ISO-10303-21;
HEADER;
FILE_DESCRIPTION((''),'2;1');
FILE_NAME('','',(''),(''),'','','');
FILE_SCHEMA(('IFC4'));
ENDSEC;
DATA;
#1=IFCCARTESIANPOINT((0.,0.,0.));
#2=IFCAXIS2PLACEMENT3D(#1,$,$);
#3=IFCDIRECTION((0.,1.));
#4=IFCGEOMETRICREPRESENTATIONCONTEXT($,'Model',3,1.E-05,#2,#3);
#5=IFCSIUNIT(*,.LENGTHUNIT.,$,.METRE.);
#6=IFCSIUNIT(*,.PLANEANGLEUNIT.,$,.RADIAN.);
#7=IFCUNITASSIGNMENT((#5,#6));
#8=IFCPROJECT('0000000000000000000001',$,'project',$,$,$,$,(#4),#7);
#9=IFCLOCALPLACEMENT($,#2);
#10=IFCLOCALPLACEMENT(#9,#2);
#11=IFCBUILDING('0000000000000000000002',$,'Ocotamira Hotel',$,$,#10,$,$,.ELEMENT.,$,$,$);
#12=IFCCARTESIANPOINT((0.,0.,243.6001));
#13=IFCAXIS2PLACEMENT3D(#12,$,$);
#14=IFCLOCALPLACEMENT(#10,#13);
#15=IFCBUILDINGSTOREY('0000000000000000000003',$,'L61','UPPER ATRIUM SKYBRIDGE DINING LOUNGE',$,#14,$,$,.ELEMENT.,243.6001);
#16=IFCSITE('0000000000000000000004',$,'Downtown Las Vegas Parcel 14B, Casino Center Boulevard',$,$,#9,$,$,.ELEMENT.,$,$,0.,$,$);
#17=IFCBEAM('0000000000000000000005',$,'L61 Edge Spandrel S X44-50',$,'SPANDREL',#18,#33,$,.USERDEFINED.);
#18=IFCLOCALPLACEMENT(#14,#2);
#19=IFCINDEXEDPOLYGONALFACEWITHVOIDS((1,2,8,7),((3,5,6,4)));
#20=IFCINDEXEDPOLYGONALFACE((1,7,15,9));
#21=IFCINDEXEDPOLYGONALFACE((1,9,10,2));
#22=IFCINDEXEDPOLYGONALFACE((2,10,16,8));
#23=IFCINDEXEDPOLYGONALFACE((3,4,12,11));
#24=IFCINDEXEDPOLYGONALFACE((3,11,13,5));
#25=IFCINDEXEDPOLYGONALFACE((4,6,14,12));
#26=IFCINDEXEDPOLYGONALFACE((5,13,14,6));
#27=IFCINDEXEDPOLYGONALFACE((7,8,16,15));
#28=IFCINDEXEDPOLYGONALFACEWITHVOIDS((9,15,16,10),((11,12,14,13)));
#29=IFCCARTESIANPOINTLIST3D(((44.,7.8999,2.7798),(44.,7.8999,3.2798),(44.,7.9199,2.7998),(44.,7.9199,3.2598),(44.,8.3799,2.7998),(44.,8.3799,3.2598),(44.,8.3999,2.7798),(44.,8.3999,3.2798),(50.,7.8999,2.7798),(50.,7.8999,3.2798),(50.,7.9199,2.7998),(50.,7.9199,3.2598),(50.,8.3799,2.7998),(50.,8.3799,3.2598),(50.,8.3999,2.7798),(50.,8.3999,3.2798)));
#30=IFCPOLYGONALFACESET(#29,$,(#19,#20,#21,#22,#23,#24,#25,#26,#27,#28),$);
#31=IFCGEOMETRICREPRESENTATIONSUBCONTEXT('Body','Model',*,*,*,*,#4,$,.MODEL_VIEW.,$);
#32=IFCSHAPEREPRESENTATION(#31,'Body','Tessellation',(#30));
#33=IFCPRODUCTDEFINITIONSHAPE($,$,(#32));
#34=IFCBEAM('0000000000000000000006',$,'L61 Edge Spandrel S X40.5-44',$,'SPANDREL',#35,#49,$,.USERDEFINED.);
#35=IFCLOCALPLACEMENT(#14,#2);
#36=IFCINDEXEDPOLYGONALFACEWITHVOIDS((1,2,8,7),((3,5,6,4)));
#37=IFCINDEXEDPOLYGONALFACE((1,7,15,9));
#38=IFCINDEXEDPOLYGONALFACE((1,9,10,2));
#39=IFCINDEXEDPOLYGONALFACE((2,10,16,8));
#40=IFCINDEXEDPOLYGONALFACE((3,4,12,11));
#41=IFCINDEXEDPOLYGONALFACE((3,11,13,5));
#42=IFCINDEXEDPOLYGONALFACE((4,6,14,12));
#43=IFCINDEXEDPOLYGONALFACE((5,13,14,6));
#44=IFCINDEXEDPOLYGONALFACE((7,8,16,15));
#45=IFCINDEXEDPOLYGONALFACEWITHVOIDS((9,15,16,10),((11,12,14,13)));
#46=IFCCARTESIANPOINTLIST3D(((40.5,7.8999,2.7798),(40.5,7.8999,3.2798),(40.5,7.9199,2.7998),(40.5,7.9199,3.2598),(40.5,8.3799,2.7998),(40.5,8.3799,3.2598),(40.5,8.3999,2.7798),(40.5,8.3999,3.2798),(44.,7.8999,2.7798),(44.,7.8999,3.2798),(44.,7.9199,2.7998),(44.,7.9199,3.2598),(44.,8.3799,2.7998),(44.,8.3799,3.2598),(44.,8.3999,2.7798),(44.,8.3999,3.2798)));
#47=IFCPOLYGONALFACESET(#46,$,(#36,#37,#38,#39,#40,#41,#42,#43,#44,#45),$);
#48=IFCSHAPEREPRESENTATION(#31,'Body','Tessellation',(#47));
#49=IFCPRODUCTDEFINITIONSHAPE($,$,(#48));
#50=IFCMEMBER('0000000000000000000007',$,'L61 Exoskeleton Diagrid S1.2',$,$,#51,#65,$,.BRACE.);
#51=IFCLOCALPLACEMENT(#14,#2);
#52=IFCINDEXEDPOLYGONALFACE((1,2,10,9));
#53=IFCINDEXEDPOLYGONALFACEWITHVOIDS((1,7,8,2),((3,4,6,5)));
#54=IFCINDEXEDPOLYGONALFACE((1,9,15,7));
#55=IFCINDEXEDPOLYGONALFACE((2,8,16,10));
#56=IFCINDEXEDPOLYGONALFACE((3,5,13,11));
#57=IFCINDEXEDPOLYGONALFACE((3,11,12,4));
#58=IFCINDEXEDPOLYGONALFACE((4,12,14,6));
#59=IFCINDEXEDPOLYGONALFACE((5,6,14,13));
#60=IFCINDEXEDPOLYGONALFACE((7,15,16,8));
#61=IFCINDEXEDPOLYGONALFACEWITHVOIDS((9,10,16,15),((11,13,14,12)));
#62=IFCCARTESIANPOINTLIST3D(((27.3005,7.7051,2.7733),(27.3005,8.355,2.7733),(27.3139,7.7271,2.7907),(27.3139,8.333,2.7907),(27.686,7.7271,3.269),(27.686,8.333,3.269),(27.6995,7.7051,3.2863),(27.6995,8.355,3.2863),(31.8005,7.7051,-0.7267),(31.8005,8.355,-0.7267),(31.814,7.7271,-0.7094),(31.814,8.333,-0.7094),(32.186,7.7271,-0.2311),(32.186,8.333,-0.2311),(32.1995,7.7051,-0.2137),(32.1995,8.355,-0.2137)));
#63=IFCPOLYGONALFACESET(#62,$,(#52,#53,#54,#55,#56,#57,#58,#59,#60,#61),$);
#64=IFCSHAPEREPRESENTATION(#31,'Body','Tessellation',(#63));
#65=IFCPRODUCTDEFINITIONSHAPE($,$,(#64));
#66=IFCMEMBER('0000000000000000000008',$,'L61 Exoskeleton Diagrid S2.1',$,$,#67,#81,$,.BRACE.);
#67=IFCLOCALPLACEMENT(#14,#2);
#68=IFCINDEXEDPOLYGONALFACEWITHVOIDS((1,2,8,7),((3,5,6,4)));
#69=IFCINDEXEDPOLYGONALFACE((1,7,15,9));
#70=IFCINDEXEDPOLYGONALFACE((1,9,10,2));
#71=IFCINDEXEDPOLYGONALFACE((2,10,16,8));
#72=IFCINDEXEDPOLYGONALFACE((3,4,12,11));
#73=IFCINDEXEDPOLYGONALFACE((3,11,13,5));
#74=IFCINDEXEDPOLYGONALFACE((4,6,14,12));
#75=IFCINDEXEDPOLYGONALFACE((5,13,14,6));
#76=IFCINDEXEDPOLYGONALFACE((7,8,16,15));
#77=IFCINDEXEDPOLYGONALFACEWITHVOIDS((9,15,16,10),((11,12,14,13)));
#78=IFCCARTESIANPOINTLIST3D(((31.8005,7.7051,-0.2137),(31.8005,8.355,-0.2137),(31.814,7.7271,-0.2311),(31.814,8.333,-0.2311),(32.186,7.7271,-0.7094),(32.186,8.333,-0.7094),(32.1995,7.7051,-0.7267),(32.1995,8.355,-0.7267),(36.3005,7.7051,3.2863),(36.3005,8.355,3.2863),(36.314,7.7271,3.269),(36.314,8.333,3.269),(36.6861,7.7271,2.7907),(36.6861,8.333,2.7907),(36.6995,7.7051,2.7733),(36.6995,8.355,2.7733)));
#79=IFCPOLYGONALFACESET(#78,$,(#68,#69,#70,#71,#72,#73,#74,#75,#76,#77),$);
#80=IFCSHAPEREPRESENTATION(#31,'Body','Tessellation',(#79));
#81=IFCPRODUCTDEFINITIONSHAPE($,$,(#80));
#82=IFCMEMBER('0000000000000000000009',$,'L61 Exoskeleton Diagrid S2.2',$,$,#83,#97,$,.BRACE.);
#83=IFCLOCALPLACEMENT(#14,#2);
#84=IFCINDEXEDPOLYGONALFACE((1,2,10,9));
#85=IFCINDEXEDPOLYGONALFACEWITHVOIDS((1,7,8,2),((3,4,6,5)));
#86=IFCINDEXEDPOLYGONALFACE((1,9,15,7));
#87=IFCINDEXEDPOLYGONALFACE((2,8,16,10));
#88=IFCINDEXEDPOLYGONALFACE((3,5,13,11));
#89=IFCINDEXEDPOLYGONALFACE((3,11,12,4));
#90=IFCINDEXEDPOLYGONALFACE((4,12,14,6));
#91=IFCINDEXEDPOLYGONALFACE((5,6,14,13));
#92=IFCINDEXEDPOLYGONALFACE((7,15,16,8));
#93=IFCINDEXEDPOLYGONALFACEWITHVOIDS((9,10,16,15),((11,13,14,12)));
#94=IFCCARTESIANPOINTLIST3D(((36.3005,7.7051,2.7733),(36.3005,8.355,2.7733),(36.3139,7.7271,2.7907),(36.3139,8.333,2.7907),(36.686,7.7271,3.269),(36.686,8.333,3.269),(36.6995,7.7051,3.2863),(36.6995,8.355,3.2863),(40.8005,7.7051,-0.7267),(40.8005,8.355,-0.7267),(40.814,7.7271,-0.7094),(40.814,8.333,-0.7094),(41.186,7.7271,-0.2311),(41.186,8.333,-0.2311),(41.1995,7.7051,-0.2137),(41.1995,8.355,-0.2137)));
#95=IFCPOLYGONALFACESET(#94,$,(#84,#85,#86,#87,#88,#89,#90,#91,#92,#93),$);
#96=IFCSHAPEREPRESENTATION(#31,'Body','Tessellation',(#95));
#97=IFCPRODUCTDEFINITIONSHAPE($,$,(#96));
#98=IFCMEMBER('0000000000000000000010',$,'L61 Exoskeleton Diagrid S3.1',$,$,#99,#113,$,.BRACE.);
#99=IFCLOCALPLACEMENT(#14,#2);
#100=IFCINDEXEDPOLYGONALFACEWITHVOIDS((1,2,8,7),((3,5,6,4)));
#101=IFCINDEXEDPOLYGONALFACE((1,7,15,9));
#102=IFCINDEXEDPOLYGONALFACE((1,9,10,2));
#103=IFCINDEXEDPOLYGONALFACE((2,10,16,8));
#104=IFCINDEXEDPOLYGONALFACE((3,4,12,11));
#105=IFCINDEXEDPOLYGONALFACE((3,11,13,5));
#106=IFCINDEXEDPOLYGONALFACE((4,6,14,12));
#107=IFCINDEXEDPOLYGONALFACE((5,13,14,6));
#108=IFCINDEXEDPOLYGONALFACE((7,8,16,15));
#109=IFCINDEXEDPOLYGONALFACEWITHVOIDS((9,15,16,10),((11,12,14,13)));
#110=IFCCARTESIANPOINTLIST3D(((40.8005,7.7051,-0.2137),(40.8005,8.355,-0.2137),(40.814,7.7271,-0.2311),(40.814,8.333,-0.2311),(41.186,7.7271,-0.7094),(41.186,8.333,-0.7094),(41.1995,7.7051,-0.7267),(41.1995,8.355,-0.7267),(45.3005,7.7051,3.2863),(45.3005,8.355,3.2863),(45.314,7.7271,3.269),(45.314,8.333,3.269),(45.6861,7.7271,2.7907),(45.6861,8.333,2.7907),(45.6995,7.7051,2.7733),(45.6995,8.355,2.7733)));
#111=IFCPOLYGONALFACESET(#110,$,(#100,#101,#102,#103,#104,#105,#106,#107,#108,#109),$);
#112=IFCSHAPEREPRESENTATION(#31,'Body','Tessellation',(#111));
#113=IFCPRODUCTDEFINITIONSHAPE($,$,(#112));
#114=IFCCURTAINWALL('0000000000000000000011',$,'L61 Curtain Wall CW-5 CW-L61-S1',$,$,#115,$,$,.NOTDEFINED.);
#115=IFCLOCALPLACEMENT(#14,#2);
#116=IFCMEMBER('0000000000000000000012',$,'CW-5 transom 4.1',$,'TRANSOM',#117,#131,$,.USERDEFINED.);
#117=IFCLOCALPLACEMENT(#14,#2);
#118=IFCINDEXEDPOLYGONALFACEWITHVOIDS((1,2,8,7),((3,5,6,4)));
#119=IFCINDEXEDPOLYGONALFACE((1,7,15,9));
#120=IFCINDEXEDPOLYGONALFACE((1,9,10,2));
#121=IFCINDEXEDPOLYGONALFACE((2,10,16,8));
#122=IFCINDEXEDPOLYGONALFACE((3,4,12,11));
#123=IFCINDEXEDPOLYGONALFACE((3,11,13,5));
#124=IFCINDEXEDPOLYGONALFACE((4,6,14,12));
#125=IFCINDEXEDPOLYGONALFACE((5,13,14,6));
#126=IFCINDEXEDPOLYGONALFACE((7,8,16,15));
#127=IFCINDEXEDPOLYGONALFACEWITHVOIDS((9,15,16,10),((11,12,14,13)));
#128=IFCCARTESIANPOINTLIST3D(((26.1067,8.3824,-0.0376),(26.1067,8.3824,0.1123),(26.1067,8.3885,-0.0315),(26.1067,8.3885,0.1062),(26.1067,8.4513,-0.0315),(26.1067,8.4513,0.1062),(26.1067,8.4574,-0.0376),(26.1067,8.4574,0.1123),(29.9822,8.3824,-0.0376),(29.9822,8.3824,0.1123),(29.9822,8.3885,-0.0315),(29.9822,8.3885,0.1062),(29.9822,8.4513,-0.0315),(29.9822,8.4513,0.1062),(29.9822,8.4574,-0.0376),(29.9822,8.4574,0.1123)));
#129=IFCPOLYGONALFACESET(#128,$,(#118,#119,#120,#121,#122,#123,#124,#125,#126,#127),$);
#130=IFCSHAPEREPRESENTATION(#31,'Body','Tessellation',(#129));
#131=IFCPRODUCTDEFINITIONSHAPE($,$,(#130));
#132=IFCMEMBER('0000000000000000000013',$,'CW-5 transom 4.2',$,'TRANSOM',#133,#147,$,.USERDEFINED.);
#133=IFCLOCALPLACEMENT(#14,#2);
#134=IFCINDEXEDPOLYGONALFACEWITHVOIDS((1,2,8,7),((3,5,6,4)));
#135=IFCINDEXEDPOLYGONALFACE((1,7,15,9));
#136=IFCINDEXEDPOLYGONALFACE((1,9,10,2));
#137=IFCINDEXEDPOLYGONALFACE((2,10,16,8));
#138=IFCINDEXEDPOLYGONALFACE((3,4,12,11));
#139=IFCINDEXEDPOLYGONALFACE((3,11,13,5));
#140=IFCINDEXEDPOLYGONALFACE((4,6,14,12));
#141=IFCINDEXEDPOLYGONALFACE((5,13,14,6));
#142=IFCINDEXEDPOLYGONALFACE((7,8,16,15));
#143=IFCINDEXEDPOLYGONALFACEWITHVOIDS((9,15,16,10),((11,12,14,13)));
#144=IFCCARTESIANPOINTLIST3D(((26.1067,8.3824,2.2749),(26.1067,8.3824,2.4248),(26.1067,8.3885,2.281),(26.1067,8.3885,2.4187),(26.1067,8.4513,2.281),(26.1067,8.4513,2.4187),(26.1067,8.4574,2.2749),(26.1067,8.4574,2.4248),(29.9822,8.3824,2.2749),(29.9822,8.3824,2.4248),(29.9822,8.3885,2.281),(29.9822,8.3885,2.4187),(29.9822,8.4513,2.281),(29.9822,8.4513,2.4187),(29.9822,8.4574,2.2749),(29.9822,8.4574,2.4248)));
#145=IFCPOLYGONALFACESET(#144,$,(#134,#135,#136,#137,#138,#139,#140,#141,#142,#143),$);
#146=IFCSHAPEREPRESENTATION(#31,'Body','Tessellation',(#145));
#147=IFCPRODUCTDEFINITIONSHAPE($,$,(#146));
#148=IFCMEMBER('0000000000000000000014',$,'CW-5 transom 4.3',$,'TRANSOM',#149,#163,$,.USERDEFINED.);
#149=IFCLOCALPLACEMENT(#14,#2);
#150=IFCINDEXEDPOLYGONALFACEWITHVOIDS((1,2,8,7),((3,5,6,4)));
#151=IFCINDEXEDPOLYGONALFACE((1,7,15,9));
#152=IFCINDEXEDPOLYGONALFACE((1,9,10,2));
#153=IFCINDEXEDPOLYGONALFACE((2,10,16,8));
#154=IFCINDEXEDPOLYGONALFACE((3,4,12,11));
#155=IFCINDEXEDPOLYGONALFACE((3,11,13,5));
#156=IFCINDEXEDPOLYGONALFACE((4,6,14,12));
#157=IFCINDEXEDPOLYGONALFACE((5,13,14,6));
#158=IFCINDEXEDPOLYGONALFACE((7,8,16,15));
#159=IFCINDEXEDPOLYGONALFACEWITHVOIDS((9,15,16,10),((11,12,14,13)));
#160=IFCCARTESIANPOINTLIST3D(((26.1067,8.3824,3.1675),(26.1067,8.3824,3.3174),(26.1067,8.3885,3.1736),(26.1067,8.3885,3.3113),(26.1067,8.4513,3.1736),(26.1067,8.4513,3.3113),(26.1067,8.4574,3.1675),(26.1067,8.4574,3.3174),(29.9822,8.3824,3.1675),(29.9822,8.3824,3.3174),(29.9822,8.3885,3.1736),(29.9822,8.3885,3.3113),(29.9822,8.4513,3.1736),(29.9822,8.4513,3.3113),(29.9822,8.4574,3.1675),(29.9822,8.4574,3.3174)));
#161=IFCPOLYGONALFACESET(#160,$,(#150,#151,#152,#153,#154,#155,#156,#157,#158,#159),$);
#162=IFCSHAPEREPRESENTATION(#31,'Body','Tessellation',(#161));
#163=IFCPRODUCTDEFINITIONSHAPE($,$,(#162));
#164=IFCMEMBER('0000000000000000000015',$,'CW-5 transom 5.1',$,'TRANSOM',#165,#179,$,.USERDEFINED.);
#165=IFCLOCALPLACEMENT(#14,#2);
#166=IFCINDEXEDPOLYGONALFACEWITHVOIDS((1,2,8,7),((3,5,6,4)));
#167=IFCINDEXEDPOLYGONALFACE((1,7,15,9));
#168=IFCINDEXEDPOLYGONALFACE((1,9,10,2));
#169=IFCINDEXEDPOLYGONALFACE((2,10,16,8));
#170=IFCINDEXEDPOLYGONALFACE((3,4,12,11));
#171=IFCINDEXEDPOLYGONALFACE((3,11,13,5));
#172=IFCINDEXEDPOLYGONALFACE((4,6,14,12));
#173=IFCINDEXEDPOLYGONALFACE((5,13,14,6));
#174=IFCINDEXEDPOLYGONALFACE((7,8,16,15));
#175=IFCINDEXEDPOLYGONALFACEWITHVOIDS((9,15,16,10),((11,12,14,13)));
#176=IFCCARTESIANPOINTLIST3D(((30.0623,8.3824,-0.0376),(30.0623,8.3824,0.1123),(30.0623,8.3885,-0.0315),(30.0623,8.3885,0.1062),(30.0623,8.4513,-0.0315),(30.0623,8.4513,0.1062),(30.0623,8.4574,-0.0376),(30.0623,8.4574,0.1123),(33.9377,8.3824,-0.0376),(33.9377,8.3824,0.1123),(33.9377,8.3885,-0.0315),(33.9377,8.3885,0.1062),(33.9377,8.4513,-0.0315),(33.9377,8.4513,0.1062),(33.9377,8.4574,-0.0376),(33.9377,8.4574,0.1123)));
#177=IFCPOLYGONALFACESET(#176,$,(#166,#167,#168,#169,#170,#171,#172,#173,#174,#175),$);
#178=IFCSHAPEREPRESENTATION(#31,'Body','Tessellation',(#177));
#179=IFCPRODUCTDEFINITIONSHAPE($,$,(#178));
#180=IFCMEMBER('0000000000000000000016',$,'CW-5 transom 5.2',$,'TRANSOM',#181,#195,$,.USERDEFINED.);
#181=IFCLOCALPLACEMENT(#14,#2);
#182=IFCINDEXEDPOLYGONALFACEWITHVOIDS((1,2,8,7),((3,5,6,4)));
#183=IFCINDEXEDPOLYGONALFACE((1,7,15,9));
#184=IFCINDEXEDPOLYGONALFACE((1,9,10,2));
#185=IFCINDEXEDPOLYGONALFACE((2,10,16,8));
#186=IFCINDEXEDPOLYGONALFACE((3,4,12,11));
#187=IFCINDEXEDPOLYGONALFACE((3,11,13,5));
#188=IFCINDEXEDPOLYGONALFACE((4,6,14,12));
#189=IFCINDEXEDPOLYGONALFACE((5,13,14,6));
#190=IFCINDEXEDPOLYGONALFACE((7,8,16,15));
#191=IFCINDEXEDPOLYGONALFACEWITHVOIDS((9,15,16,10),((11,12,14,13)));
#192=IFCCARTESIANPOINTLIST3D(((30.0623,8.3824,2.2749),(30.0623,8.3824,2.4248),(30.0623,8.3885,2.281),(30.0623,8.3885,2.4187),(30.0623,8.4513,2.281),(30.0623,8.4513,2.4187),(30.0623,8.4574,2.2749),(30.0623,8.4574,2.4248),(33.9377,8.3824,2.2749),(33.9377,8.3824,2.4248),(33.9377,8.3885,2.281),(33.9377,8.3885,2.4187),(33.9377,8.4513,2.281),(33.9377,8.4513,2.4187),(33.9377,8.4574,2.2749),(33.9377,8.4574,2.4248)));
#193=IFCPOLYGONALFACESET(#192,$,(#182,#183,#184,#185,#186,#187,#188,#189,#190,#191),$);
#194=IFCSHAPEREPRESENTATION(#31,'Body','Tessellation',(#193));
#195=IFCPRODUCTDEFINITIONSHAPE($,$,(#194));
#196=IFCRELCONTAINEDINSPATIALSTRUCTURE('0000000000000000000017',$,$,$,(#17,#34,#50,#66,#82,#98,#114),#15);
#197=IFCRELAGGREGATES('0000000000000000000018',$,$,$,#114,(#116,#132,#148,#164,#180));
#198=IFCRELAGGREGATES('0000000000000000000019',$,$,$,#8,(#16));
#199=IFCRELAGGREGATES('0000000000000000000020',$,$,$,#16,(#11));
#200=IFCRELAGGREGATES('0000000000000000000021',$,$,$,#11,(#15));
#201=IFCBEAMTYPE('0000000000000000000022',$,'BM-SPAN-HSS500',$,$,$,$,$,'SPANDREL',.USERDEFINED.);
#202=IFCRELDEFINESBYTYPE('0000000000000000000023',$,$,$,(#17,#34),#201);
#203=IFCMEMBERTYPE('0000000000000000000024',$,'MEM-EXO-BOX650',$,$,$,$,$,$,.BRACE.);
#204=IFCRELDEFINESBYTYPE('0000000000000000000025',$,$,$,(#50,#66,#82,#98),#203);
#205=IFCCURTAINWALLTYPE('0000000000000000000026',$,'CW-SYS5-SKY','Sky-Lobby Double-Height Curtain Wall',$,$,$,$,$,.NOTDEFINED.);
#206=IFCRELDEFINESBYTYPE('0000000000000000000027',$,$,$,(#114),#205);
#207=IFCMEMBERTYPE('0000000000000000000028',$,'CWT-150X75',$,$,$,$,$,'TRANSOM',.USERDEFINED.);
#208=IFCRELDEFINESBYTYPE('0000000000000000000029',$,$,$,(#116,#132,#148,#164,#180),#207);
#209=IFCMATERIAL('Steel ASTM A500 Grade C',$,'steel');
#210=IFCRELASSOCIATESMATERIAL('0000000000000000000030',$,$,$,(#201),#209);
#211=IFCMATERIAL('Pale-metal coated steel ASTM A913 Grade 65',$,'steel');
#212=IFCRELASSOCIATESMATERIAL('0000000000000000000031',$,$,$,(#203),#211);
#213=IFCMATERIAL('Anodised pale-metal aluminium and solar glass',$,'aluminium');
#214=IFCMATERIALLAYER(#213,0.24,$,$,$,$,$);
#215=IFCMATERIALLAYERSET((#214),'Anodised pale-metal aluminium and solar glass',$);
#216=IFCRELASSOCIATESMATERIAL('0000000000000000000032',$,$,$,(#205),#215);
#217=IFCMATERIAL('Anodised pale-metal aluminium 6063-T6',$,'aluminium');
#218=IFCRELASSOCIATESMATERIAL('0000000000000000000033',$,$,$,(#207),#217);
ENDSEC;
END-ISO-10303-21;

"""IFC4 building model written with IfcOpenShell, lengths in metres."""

from ifc_helpers import new_model, si_unit, direction, frame, origin, origin_2d, place, context, subcontext, project, spatial, hollow_rectangle, extrude, source, transform, mapped, material, layer, layer_set, material_profile, profile_set, type_object, element, aggregate, save


model = new_model("IFC4")

# Units and contexts
model_context = context("Model", 3, precision=1e-05, world=origin(), true_north=direction((0.0, 1.0)))
body_context = subcontext(model_context, "Body", "Model", "MODEL_VIEW")
ifc_project = project(units=[si_unit("LENGTHUNIT", "METRE"), si_unit("PLANEANGLEUNIT", "RADIAN")], contexts=[model_context])

# Site, building, storey
site_placement = place(None, origin())
site = spatial("IfcSite", under=ifc_project, at=site_placement, Name="Downtown Las Vegas Parcel 14B, Casino Center Boulevard", CompositionType="ELEMENT", RefElevation=0.0)
building_placement = place(site_placement, origin())
building = spatial("IfcBuilding", under=site, at=building_placement, Name="Ocotamira Hotel", CompositionType="ELEMENT")
storey_placement = place(building_placement, frame((0.0, 0.0, 243.6001)))
storey = spatial("IfcBuildingStorey", under=building, at=storey_placement, Name="L61", Description="UPPER ATRIUM SKYBRIDGE DINING LOUNGE", CompositionType="ELEMENT", Elevation=243.6001)

# Beams
ifc_material_1 = material(Name="Steel ASTM A500 Grade C", Category="steel")
ifc_material_profile_1 = material_profile(ifc_material_1, hollow_rectangle(XDim=0.5, YDim=0.5, WallThickness=0.02, at=origin_2d()), Name="HSS500X500X20")
ifc_profile_set_1 = profile_set([ifc_material_profile_1], Name="Steel ASTM A500 Grade C")
beam_type = type_object("IfcBeamType", Name="BM-SPAN-HSS500", ElementType="SPANDREL", PredefinedType="USERDEFINED", material=ifc_profile_set_1)
shared_shape_1 = source(origin(), body_context, "Body", "SweptSolid", [
    extrude(hollow_rectangle(XDim=0.5, YDim=0.5, WallThickness=0.02, at=origin_2d()), origin(), (0.0, 0.0, 1.0), 6.0),
])
beam_1_placement = place(storey_placement, frame((44.0, 8.1499, 3.0298), z_axis=(1.0, 0.0, 0.0), x_axis=(0.0, 1.0, 0.0)))
element("IfcBeam", 1, at=beam_1_placement, inside=storey, type_object=beam_type, Name="L61 Edge Spandrel S X44-50", ObjectType="SPANDREL", PredefinedType="USERDEFINED", context=body_context, shape_type="MappedRepresentation", body=[
    mapped(shared_shape_1, transform((0.0, 0.0, 0.0), scale=1.0)),
])
shared_shape_2 = source(origin(), body_context, "Body", "SweptSolid", [
    extrude(hollow_rectangle(XDim=0.5, YDim=0.5, WallThickness=0.02, at=origin_2d()), origin(), (0.0, 0.0, 1.0), 3.5),
])
beam_2_placement = place(storey_placement, frame((40.5, 8.1499, 3.0298), z_axis=(1.0, 0.0, 0.0), x_axis=(0.0, 1.0, 0.0)))
element("IfcBeam", 2, at=beam_2_placement, inside=storey, type_object=beam_type, Name="L61 Edge Spandrel S X40.5-44", ObjectType="SPANDREL", PredefinedType="USERDEFINED", context=body_context, shape_type="MappedRepresentation", body=[
    mapped(shared_shape_2, transform((0.0, 0.0, 0.0), scale=1.0)),
])

# Members
ifc_material_2 = material(Name="Pale-metal coated steel ASTM A913 Grade 65", Category="steel")
ifc_material_profile_2 = material_profile(ifc_material_2, hollow_rectangle(XDim=0.6499, YDim=0.6499, WallThickness=0.022, at=origin_2d()), Name="BOX650X650X22")
ifc_profile_set_2 = profile_set([ifc_material_profile_2], Name="Pale-metal coated steel ASTM A913 Grade 65")
member_type_1 = type_object("IfcMemberType", Name="MEM-EXO-BOX650", PredefinedType="BRACE", material=ifc_profile_set_2)
shared_shape_3 = source(origin(), body_context, "Body", "SweptSolid", [
    extrude(hollow_rectangle(XDim=0.6499, YDim=0.6499, WallThickness=0.022, at=origin_2d()), origin(), (0.0, 0.0, 1.0), 5.7009),
])
for number, where, z_axis, x_axis, name in (
    (3, (32.0, 8.03, -0.4702), (-0.789352, 0.0, 0.613941), (0.0, -1.0, 0.0), "L61 Exoskeleton Diagrid S1.2"),
    (4, (32.0, 8.03, -0.4702), (0.789352, 0.0, 0.613941), (0.0, 1.0, 0.0), "L61 Exoskeleton Diagrid S2.1"),
    (5, (41.0, 8.03, -0.4702), (-0.789352, 0.0, 0.613941), (0.0, -1.0, 0.0), "L61 Exoskeleton Diagrid S2.2"),
    (6, (41.0, 8.03, -0.4702), (0.789352, 0.0, 0.613941), (0.0, 1.0, 0.0), "L61 Exoskeleton Diagrid S3.1"),
):
    element("IfcMember", number, at=place(storey_placement, frame(where, z_axis=z_axis, x_axis=x_axis)), inside=storey, type_object=member_type_1, Name=name, PredefinedType="BRACE", context=body_context, shape_type="MappedRepresentation", body=[
        mapped(shared_shape_3, transform((0.0, 0.0, 0.0), scale=1.0)),
    ])

# Curtain wall, members
ifc_material_3 = material(Name="Anodised pale-metal aluminium and solar glass", Category="aluminium")
ifc_layer_1 = layer(ifc_material_3, 0.24)
ifc_layer_set_1 = layer_set([ifc_layer_1], Name="Anodised pale-metal aluminium and solar glass")
curtain_wall_type = type_object("IfcCurtainWallType", Name="CW-SYS5-SKY", Description="Sky-Lobby Double-Height Curtain Wall", PredefinedType="NOTDEFINED", material=ifc_layer_set_1)
curtain_wall_placement = place(storey_placement, origin())
curtain_wall = element("IfcCurtainWall", 7, at=curtain_wall_placement, inside=storey, type_object=curtain_wall_type, Name="L61 Curtain Wall CW-5 CW-L61-S1", PredefinedType="NOTDEFINED")
ifc_material_4 = material(Name="Anodised pale-metal aluminium 6063-T6", Category="aluminium")
ifc_material_profile_3 = material_profile(ifc_material_4, hollow_rectangle(XDim=0.075, YDim=0.1499, WallThickness=0.0061, at=origin_2d()), Name="HSS150X75X6")
ifc_profile_set_3 = profile_set([ifc_material_profile_3], Name="Anodised pale-metal aluminium 6063-T6")
member_type_2 = type_object("IfcMemberType", Name="CWT-150X75", ElementType="TRANSOM", PredefinedType="USERDEFINED", material=ifc_profile_set_3)
shared_shape_4 = source(origin(), body_context, "Body", "SweptSolid", [
    extrude(hollow_rectangle(XDim=0.075, YDim=0.1499, WallThickness=0.0061, at=origin_2d()), origin(), (0.0, 0.0, 1.0), 3.8755),
])
member_1_placement = place(storey_placement, frame((26.1067, 8.4199, 0.0374), z_axis=(1.0, 0.0, 0.0), x_axis=(0.0, 1.0, 0.0)))
member_1 = element("IfcMember", 8, at=member_1_placement, type_object=member_type_2, Name="CW-5 transom 4.1", ObjectType="TRANSOM", PredefinedType="USERDEFINED", context=body_context, shape_type="MappedRepresentation", body=[
    mapped(shared_shape_4, transform((0.0, 0.0, 0.0), scale=1.0)),
])
member_2_placement = place(storey_placement, frame((26.1067, 8.4199, 2.3499), z_axis=(1.0, 0.0, 0.0), x_axis=(0.0, 1.0, 0.0)))
member_2 = element("IfcMember", 9, at=member_2_placement, type_object=member_type_2, Name="CW-5 transom 4.2", ObjectType="TRANSOM", PredefinedType="USERDEFINED", context=body_context, shape_type="MappedRepresentation", body=[
    mapped(shared_shape_4, transform((0.0, 0.0, 0.0), scale=1.0)),
])
member_3_placement = place(storey_placement, frame((26.1067, 8.4199, 3.2424), z_axis=(1.0, 0.0, 0.0), x_axis=(0.0, 1.0, 0.0)))
member_3 = element("IfcMember", 10, at=member_3_placement, type_object=member_type_2, Name="CW-5 transom 4.3", ObjectType="TRANSOM", PredefinedType="USERDEFINED", context=body_context, shape_type="MappedRepresentation", body=[
    mapped(shared_shape_4, transform((0.0, 0.0, 0.0), scale=1.0)),
])
member_4_placement = place(storey_placement, frame((30.0623, 8.4199, 0.0374), z_axis=(1.0, 0.0, 0.0), x_axis=(0.0, 1.0, 0.0)))
member_4 = element("IfcMember", 11, at=member_4_placement, type_object=member_type_2, Name="CW-5 transom 5.1", ObjectType="TRANSOM", PredefinedType="USERDEFINED", context=body_context, shape_type="MappedRepresentation", body=[
    mapped(shared_shape_4, transform((0.0, 0.0, 0.0), scale=1.0)),
])
member_5_placement = place(storey_placement, frame((30.0623, 8.4199, 2.3499), z_axis=(1.0, 0.0, 0.0), x_axis=(0.0, 1.0, 0.0)))
member_5 = element("IfcMember", 12, at=member_5_placement, type_object=member_type_2, Name="CW-5 transom 5.2", ObjectType="TRANSOM", PredefinedType="USERDEFINED", context=body_context, shape_type="MappedRepresentation", body=[
    mapped(shared_shape_4, transform((0.0, 0.0, 0.0), scale=1.0)),
])

aggregate(curtain_wall, [member_1, member_2, member_3, member_4, member_5])

save(model, "model.ifc")
